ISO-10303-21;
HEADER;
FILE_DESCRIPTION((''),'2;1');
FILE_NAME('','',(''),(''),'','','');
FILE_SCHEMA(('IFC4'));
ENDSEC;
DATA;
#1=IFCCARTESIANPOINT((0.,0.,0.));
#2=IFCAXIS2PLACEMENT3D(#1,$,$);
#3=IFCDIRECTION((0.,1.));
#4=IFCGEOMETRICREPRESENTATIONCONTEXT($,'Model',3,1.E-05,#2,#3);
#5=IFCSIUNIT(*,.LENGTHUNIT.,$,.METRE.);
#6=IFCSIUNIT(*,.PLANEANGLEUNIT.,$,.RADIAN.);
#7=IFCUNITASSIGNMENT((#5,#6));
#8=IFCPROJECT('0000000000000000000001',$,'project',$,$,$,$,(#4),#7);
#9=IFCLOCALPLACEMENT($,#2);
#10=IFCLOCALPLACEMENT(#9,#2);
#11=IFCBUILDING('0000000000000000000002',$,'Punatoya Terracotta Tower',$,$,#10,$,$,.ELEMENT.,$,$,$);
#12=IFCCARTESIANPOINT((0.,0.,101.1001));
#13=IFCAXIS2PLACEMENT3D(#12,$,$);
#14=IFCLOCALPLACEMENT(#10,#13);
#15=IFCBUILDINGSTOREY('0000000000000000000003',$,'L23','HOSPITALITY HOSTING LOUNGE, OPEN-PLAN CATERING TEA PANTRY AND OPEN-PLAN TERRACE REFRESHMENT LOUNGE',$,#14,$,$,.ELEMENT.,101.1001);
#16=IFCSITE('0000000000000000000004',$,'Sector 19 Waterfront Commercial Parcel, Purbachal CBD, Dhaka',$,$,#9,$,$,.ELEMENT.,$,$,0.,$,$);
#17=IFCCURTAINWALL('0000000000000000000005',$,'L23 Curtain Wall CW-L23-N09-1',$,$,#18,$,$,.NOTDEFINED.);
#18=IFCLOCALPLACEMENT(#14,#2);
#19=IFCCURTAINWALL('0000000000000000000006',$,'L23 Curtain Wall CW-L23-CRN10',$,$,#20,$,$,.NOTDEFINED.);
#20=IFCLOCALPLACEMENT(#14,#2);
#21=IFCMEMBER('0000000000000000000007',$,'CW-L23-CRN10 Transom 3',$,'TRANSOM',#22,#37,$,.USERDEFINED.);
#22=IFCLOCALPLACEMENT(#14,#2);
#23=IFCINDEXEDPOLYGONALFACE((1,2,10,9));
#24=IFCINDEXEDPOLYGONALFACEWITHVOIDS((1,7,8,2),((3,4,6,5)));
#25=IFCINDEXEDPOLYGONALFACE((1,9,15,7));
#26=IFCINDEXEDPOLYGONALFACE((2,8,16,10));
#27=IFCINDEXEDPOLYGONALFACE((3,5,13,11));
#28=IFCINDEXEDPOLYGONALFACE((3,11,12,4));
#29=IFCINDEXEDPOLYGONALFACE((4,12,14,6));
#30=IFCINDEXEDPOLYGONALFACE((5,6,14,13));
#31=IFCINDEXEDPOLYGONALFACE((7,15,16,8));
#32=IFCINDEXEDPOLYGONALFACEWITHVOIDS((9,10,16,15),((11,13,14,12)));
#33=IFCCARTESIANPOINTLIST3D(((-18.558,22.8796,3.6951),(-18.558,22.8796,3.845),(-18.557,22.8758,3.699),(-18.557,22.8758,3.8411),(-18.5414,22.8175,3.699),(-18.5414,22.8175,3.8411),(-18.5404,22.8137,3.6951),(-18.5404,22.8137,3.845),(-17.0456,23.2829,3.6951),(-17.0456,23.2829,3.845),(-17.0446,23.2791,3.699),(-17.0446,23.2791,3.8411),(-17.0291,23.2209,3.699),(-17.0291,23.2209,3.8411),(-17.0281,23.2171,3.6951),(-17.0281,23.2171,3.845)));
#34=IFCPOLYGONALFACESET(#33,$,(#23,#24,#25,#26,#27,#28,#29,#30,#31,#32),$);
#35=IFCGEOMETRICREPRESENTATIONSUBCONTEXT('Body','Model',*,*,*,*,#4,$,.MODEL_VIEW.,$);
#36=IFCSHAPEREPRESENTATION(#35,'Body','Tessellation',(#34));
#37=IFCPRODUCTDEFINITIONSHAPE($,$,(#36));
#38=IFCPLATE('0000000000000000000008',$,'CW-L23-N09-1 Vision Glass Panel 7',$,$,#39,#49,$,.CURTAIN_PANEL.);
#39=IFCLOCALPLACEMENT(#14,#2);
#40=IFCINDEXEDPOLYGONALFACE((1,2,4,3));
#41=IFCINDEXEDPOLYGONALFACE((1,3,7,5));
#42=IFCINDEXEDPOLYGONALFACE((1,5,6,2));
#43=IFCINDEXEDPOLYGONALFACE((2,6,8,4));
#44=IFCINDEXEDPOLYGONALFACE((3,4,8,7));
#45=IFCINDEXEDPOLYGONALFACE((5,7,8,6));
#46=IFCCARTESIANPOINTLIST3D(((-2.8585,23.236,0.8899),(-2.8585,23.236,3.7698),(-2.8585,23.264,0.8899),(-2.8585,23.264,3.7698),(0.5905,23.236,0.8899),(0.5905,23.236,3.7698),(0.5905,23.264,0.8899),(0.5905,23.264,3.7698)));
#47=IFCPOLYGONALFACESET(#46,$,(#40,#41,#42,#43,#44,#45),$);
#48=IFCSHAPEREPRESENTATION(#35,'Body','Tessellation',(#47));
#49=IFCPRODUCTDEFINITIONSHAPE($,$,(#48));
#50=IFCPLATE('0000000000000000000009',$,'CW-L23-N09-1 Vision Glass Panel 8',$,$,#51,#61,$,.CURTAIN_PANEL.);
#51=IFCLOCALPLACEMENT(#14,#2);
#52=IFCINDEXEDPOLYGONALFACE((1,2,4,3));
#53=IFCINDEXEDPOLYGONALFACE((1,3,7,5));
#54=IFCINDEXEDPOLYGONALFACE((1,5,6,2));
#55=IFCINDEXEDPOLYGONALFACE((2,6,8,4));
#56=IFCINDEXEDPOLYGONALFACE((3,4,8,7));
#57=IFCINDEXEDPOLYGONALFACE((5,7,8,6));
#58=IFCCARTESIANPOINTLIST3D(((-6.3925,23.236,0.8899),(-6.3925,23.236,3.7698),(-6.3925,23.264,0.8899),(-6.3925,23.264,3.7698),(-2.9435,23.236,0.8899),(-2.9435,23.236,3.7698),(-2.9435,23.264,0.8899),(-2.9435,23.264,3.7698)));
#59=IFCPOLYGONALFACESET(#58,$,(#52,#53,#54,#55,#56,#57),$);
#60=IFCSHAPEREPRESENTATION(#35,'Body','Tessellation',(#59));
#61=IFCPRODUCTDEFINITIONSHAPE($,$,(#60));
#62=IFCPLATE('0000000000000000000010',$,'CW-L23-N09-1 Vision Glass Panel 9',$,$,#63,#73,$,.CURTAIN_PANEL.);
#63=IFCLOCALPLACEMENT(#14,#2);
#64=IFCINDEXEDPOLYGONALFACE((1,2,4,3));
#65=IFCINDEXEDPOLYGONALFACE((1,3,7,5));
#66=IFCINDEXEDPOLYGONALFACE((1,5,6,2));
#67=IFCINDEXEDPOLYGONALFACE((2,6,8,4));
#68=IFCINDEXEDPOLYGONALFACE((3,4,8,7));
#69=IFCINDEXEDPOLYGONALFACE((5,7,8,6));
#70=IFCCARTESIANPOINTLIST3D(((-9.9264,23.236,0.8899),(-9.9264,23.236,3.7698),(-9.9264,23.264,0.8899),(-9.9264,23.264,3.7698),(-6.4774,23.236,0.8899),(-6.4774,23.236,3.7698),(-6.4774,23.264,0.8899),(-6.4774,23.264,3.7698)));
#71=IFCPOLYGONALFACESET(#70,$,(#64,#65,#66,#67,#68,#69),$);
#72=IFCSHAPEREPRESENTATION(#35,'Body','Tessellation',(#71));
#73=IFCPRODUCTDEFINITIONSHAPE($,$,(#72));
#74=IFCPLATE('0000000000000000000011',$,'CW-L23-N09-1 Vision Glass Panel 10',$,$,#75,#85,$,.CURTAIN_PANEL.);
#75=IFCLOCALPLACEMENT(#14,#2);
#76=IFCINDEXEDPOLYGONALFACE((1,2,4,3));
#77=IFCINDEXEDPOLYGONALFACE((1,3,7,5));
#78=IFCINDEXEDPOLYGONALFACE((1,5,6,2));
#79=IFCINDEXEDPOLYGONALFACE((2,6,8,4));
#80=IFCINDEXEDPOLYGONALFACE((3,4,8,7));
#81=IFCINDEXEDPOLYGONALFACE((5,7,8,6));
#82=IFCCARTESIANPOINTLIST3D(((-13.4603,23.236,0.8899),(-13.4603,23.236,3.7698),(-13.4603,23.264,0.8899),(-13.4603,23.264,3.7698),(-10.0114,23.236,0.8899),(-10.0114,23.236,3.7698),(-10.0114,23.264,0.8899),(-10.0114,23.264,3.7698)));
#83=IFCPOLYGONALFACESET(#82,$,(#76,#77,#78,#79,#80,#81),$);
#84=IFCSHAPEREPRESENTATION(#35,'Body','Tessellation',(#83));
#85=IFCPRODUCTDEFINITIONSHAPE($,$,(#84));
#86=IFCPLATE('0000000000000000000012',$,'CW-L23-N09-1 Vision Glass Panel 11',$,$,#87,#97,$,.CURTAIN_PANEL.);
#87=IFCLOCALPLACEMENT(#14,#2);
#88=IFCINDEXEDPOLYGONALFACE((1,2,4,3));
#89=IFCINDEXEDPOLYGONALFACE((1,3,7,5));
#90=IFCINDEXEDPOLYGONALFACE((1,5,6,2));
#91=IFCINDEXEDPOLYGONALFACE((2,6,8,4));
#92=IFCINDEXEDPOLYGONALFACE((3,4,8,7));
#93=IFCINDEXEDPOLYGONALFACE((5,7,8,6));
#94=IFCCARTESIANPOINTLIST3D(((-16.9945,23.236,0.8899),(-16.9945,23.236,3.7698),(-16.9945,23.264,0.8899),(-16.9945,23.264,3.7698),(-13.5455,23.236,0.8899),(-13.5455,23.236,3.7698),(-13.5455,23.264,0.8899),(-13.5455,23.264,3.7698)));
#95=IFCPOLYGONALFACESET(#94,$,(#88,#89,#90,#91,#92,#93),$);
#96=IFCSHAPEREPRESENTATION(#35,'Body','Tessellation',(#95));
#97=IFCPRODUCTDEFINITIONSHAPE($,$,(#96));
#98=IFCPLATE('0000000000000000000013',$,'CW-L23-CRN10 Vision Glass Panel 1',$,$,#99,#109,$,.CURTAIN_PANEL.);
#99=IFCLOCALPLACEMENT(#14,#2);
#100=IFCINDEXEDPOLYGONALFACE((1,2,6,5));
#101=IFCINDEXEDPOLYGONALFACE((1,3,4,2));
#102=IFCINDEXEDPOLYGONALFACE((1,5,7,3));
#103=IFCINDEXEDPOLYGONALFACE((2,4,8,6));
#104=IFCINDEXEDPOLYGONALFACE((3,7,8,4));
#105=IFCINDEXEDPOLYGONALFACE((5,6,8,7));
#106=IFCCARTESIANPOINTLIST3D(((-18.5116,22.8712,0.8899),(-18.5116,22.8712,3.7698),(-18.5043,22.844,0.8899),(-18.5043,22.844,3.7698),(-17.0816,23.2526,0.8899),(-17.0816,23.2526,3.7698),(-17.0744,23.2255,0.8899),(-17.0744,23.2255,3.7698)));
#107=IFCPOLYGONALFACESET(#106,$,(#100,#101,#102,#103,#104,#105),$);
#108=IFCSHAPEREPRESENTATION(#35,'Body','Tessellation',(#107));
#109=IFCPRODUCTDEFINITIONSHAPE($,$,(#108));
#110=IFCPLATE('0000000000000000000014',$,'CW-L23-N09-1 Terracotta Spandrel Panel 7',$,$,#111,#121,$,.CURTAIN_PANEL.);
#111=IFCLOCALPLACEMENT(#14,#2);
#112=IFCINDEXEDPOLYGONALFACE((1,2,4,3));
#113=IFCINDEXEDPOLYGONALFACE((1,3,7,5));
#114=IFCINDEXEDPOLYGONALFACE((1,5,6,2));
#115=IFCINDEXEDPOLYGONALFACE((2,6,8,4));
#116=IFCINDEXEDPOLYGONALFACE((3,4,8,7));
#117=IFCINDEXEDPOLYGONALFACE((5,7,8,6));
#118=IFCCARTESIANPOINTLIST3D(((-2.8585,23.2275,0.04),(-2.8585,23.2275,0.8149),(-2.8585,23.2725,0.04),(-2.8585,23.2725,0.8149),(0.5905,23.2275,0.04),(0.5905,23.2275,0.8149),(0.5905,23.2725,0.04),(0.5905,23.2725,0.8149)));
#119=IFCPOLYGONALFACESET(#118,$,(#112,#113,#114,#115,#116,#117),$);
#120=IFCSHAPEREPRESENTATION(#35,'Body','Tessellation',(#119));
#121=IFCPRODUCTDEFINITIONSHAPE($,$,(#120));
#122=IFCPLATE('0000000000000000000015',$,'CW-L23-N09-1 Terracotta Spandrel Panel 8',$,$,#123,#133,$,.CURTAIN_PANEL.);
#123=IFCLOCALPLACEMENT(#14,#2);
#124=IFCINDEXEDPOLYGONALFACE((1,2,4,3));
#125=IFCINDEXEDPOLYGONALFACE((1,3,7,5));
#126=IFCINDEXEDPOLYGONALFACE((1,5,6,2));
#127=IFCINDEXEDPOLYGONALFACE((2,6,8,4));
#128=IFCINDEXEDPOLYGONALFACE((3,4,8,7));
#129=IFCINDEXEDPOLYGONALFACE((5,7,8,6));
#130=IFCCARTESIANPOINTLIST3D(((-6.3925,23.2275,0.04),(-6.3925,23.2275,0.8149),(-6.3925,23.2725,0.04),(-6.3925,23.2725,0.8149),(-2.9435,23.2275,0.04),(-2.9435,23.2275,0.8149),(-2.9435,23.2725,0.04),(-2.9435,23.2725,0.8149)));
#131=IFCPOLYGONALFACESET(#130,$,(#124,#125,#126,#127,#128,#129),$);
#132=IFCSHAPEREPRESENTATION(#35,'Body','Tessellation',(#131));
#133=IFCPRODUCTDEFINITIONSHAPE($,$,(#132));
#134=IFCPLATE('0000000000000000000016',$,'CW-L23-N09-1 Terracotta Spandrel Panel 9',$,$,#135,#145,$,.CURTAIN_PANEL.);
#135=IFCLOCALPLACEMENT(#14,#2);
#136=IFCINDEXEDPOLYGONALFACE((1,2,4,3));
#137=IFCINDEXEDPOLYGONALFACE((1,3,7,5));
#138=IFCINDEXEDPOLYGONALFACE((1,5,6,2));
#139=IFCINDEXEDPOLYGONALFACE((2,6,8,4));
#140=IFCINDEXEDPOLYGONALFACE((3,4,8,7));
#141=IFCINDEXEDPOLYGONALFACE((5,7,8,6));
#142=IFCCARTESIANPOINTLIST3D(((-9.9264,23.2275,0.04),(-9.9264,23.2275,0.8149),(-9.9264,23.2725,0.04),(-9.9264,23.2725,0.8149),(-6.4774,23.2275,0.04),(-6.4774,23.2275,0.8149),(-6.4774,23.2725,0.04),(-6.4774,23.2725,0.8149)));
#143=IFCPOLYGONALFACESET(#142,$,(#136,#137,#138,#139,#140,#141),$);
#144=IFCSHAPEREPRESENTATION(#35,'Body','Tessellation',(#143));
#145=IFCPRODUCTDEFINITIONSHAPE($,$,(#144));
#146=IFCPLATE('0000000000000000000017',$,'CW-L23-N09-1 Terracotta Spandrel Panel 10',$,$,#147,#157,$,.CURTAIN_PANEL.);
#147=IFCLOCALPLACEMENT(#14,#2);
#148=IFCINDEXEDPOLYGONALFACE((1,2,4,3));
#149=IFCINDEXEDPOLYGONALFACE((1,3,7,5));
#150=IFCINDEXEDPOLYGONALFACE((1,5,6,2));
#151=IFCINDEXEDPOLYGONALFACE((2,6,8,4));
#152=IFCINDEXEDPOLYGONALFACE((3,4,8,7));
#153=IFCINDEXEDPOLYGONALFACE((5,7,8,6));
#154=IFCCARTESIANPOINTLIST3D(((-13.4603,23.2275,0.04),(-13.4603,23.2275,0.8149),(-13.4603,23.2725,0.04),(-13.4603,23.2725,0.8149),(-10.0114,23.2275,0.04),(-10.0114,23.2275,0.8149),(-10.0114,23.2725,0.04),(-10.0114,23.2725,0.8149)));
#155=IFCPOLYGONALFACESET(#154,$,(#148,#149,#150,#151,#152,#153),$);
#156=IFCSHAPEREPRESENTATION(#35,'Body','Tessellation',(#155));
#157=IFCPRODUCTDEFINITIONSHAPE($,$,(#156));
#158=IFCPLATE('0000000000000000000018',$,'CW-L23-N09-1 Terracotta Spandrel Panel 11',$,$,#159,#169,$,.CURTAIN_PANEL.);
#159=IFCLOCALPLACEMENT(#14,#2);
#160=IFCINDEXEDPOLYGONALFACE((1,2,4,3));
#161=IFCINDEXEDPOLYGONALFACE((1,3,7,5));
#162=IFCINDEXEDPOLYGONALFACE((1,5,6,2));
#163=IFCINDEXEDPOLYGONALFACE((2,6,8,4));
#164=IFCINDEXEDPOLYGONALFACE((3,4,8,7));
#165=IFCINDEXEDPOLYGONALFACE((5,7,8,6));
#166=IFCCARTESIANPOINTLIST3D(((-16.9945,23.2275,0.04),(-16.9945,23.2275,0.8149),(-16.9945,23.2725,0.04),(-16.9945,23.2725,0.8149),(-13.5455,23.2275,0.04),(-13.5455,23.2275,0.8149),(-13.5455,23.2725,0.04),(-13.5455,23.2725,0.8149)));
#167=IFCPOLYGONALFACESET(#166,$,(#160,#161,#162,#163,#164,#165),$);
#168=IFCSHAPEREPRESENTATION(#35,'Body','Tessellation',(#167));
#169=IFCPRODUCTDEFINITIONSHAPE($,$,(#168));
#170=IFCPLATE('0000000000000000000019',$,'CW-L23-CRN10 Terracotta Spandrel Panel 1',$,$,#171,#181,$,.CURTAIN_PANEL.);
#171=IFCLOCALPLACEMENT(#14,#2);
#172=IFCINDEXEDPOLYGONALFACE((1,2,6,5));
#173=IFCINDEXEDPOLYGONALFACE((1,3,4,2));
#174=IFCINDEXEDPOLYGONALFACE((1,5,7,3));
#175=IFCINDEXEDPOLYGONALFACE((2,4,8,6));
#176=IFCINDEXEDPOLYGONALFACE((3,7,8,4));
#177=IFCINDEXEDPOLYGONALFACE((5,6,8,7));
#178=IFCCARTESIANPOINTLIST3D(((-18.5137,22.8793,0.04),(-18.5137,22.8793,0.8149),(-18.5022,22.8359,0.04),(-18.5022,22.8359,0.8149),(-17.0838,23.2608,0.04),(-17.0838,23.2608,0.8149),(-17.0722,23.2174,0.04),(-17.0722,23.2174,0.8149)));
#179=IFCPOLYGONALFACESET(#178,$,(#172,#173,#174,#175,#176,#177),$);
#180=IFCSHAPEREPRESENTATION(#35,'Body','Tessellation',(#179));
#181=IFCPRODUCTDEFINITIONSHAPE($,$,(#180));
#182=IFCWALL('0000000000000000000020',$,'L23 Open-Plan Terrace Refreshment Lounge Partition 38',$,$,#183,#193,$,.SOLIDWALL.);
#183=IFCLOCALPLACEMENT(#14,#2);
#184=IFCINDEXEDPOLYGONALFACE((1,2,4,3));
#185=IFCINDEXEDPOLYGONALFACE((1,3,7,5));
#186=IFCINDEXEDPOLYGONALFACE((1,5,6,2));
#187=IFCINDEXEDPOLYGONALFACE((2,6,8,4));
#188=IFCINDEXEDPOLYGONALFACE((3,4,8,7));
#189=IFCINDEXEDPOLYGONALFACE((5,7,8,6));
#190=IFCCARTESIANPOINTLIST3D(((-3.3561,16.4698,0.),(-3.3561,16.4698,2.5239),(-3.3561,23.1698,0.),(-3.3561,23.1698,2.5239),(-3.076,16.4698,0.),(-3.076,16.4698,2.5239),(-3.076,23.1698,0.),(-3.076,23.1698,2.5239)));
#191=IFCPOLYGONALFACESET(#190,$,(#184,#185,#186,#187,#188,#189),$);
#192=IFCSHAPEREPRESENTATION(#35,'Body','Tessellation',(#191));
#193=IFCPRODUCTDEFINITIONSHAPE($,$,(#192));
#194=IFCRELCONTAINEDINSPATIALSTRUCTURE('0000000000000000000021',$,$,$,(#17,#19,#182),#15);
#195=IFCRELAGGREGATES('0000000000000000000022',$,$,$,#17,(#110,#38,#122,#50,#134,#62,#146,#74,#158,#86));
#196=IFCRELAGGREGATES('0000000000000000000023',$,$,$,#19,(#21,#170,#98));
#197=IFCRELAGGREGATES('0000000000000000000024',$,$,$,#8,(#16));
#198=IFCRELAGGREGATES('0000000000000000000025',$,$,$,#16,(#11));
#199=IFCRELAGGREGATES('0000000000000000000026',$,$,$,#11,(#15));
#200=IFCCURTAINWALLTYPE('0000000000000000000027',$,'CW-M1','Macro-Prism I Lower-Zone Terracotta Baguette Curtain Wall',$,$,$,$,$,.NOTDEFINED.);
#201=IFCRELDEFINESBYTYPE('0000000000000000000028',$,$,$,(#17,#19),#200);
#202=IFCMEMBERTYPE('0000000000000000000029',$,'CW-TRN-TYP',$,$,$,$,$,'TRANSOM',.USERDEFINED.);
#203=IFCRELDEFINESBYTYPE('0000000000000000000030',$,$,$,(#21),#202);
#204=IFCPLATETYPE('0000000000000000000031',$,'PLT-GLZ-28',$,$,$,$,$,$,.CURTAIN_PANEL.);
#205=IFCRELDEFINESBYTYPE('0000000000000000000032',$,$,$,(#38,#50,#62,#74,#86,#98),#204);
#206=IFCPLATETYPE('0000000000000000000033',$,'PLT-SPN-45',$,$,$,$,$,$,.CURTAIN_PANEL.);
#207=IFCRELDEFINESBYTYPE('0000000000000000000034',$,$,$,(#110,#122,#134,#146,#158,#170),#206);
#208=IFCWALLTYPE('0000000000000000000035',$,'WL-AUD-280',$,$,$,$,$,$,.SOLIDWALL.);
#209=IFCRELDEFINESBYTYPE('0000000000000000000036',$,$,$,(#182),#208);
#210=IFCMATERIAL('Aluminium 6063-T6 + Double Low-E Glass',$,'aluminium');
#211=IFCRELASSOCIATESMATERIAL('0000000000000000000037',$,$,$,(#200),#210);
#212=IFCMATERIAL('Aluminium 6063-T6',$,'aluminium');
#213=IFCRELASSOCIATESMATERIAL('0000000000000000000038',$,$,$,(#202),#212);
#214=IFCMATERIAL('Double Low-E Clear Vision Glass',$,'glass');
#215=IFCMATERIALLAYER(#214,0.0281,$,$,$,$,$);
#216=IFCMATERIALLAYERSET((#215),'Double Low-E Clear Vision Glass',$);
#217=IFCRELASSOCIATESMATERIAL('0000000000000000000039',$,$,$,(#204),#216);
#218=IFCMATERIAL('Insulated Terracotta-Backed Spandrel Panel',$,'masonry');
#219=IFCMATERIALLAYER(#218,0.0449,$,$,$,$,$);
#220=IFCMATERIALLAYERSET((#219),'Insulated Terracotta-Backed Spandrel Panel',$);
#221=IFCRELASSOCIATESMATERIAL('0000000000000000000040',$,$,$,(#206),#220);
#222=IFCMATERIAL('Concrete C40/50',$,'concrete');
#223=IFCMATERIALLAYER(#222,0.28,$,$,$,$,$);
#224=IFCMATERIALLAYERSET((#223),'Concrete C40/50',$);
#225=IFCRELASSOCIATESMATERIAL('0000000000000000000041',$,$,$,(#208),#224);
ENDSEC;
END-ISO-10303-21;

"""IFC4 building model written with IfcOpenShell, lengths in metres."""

from ifc_helpers import new_model, si_unit, direction, frame, frame_2d, origin, origin_2d, place, context, subcontext, project, spatial, rectangle, hollow_rectangle, extrude, material, layer, layer_set, material_profile, profile_set, type_object, element, aggregate, save


model = new_model("IFC4")

# Units and contexts
model_context = context("Model", 3, precision=1e-05, world=origin(), true_north=direction((0.0, 1.0)))
body_context = subcontext(model_context, "Body", "Model", "MODEL_VIEW")
ifc_project = project(units=[si_unit("LENGTHUNIT", "METRE"), si_unit("PLANEANGLEUNIT", "RADIAN")], contexts=[model_context])

# Site, building, storey
site_placement = place(None, origin())
site = spatial("IfcSite", under=ifc_project, at=site_placement, Name="Sector 19 Waterfront Commercial Parcel, Purbachal CBD, Dhaka", CompositionType="ELEMENT", RefElevation=0.0)
building_placement = place(site_placement, origin())
building = spatial("IfcBuilding", under=site, at=building_placement, Name="Punatoya Terracotta Tower", CompositionType="ELEMENT")
storey_placement = place(building_placement, frame((0.0, 0.0, 101.1001)))
storey = spatial("IfcBuildingStorey", under=building, at=storey_placement, Name="L23", Description="HOSPITALITY HOSTING LOUNGE, OPEN-PLAN CATERING TEA PANTRY AND OPEN-PLAN TERRACE REFRESHMENT LOUNGE", CompositionType="ELEMENT", Elevation=101.1001)

# Curtain walls, member
ifc_material_1 = material(Name="Aluminium 6063-T6 + Double Low-E Glass", Category="aluminium")
curtain_wall_type = type_object("IfcCurtainWallType", Name="CW-M1", Description="Macro-Prism I Lower-Zone Terracotta Baguette Curtain Wall", PredefinedType="NOTDEFINED", material=ifc_material_1)
curtain_wall_1_placement = place(storey_placement, origin())
curtain_wall_1 = element("IfcCurtainWall", 1, at=curtain_wall_1_placement, inside=storey, type_object=curtain_wall_type, Name="L23 Curtain Wall CW-L23-N09-1", PredefinedType="NOTDEFINED")
ifc_material_2 = material(Name="Aluminium 6063-T6", Category="aluminium")
curtain_wall_2_placement = place(storey_placement, origin())
curtain_wall_2 = element("IfcCurtainWall", 2, at=curtain_wall_2_placement, inside=storey, type_object=curtain_wall_type, Name="L23 Curtain Wall CW-L23-CRN10", PredefinedType="NOTDEFINED")
ifc_material_profile_1 = material_profile(ifc_material_2, hollow_rectangle(XDim=0.0681, YDim=0.1499, WallThickness=0.0039, at=origin_2d()))
ifc_profile_set_1 = profile_set([ifc_material_profile_1], Name="Aluminium 6063-T6")
member_type_1 = type_object("IfcMemberType", Name="CW-TRN-TYP", ElementType="TRANSOM", PredefinedType="USERDEFINED", material=ifc_profile_set_1)
member_1_placement = place(storey_placement, frame((-17.0369, 23.25, 3.77), z_axis=(-0.966225, -0.257701, 0.0), x_axis=(0.257701, -0.966225, 0.0)))
member_1 = element("IfcMember", 3, at=member_1_placement, type_object=member_type_1, Name="CW-L23-CRN10 Transom 3", ObjectType="TRANSOM", PredefinedType="USERDEFINED", context=body_context, shape_type="SweptSolid", body=[
    extrude(hollow_rectangle(XDim=0.0681, YDim=0.1499, WallThickness=0.0039, at=origin_2d()), origin(), (0.0, 0.0, 1.0), 1.5652),
])

# Plates
ifc_material_3 = material(Name="Double Low-E Clear Vision Glass", Category="glass")
ifc_layer_1 = layer(ifc_material_3, 0.0281)
ifc_layer_set_1 = layer_set([ifc_layer_1], Name="Double Low-E Clear Vision Glass")
plate_type_1 = type_object("IfcPlateType", Name="PLT-GLZ-28", PredefinedType="CURTAIN_PANEL", material=ifc_layer_set_1)
plate_1_placement = place(storey_placement, frame((-1.134, 23.25, 0.8899), z_axis=(0.0, 0.0, 1.0), x_axis=(-1.0, 0.0, 0.0)))
plate_1 = element("IfcPlate", 4, at=plate_1_placement, type_object=plate_type_1, Name="CW-L23-N09-1 Vision Glass Panel 7", PredefinedType="CURTAIN_PANEL", context=body_context, shape_type="SweptSolid", body=[
    extrude(rectangle(XDim=3.449, YDim=0.0281, at=origin_2d()), origin(), (0.0, 0.0, 1.0), 2.8799),
])
plate_2_placement = place(storey_placement, frame((-4.668, 23.25, 0.8899), z_axis=(0.0, 0.0, 1.0), x_axis=(-1.0, 0.0, 0.0)))
plate_2 = element("IfcPlate", 5, at=plate_2_placement, type_object=plate_type_1, Name="CW-L23-N09-1 Vision Glass Panel 8", PredefinedType="CURTAIN_PANEL", context=body_context, shape_type="SweptSolid", body=[
    extrude(rectangle(XDim=3.449, YDim=0.0281, at=origin_2d()), origin(), (0.0, 0.0, 1.0), 2.8799),
])
plate_3_placement = place(storey_placement, frame((-8.2019, 23.25, 0.8899), z_axis=(0.0, 0.0, 1.0), x_axis=(-1.0, 0.0, 0.0)))
plate_3 = element("IfcPlate", 6, at=plate_3_placement, type_object=plate_type_1, Name="CW-L23-N09-1 Vision Glass Panel 9", PredefinedType="CURTAIN_PANEL", context=body_context, shape_type="SweptSolid", body=[
    extrude(rectangle(XDim=3.449, YDim=0.0281, at=origin_2d()), origin(), (0.0, 0.0, 1.0), 2.8799),
])
plate_4_placement = place(storey_placement, frame((-11.7358, 23.25, 0.8899), z_axis=(0.0, 0.0, 1.0), x_axis=(-1.0, 0.0, 0.0)))
plate_4 = element("IfcPlate", 7, at=plate_4_placement, type_object=plate_type_1, Name="CW-L23-N09-1 Vision Glass Panel 10", PredefinedType="CURTAIN_PANEL", context=body_context, shape_type="SweptSolid", body=[
    extrude(rectangle(XDim=3.449, YDim=0.0281, at=origin_2d()), origin(), (0.0, 0.0, 1.0), 2.8799),
])
plate_5_placement = place(storey_placement, frame((-15.27, 23.25, 0.8899), z_axis=(0.0, 0.0, 1.0), x_axis=(-1.0, 0.0, 0.0)))
plate_5 = element("IfcPlate", 8, at=plate_5_placement, type_object=plate_type_1, Name="CW-L23-N09-1 Vision Glass Panel 11", PredefinedType="CURTAIN_PANEL", context=body_context, shape_type="SweptSolid", body=[
    extrude(rectangle(XDim=3.449, YDim=0.0281, at=origin_2d()), origin(), (0.0, 0.0, 1.0), 2.8799),
])
plate_6_placement = place(storey_placement, frame((-17.793, 23.0483, 0.8899), z_axis=(0.0, 0.0, 1.0), x_axis=(-0.966214, -0.257742, 0.0)))
plate_6 = element("IfcPlate", 9, at=plate_6_placement, type_object=plate_type_1, Name="CW-L23-CRN10 Vision Glass Panel 1", PredefinedType="CURTAIN_PANEL", context=body_context, shape_type="SweptSolid", body=[
    extrude(rectangle(XDim=1.48, YDim=0.0281, at=origin_2d()), origin(), (0.0, 0.0, 1.0), 2.8799),
])
ifc_material_4 = material(Name="Insulated Terracotta-Backed Spandrel Panel", Category="masonry")
ifc_layer_2 = layer(ifc_material_4, 0.0449)
ifc_layer_set_2 = layer_set([ifc_layer_2], Name="Insulated Terracotta-Backed Spandrel Panel")
plate_type_2 = type_object("IfcPlateType", Name="PLT-SPN-45", PredefinedType="CURTAIN_PANEL", material=ifc_layer_set_2)
plate_7_placement = place(storey_placement, frame((-1.134, 23.25, 0.04), z_axis=(0.0, 0.0, 1.0), x_axis=(-1.0, 0.0, 0.0)))
plate_7 = element("IfcPlate", 10, at=plate_7_placement, type_object=plate_type_2, Name="CW-L23-N09-1 Terracotta Spandrel Panel 7", PredefinedType="CURTAIN_PANEL", context=body_context, shape_type="SweptSolid", body=[
    extrude(rectangle(XDim=3.449, YDim=0.0449, at=origin_2d()), origin(), (0.0, 0.0, 1.0), 0.7749),
])
plate_8_placement = place(storey_placement, frame((-4.668, 23.25, 0.04), z_axis=(0.0, 0.0, 1.0), x_axis=(-1.0, 0.0, 0.0)))
plate_8 = element("IfcPlate", 11, at=plate_8_placement, type_object=plate_type_2, Name="CW-L23-N09-1 Terracotta Spandrel Panel 8", PredefinedType="CURTAIN_PANEL", context=body_context, shape_type="SweptSolid", body=[
    extrude(rectangle(XDim=3.449, YDim=0.0449, at=origin_2d()), origin(), (0.0, 0.0, 1.0), 0.7749),
])
plate_9_placement = place(storey_placement, frame((-8.2019, 23.25, 0.04), z_axis=(0.0, 0.0, 1.0), x_axis=(-1.0, 0.0, 0.0)))
plate_9 = element("IfcPlate", 12, at=plate_9_placement, type_object=plate_type_2, Name="CW-L23-N09-1 Terracotta Spandrel Panel 9", PredefinedType="CURTAIN_PANEL", context=body_context, shape_type="SweptSolid", body=[
    extrude(rectangle(XDim=3.449, YDim=0.0449, at=origin_2d()), origin(), (0.0, 0.0, 1.0), 0.7749),
])
plate_10_placement = place(storey_placement, frame((-11.7358, 23.25, 0.04), z_axis=(0.0, 0.0, 1.0), x_axis=(-1.0, 0.0, 0.0)))
plate_10 = element("IfcPlate", 13, at=plate_10_placement, type_object=plate_type_2, Name="CW-L23-N09-1 Terracotta Spandrel Panel 10", PredefinedType="CURTAIN_PANEL", context=body_context, shape_type="SweptSolid", body=[
    extrude(rectangle(XDim=3.449, YDim=0.0449, at=origin_2d()), origin(), (0.0, 0.0, 1.0), 0.7749),
])
plate_11_placement = place(storey_placement, frame((-15.27, 23.25, 0.04), z_axis=(0.0, 0.0, 1.0), x_axis=(-1.0, 0.0, 0.0)))
plate_11 = element("IfcPlate", 14, at=plate_11_placement, type_object=plate_type_2, Name="CW-L23-N09-1 Terracotta Spandrel Panel 11", PredefinedType="CURTAIN_PANEL", context=body_context, shape_type="SweptSolid", body=[
    extrude(rectangle(XDim=3.449, YDim=0.0449, at=origin_2d()), origin(), (0.0, 0.0, 1.0), 0.7749),
])
aggregate(curtain_wall_1, [plate_7, plate_1, plate_8, plate_2, plate_9, plate_3, plate_10, plate_4, plate_11, plate_5])
plate_12_placement = place(storey_placement, frame((-17.793, 23.0483, 0.04), z_axis=(0.0, 0.0, 1.0), x_axis=(-0.966214, -0.257742, 0.0)))
plate_12 = element("IfcPlate", 15, at=plate_12_placement, type_object=plate_type_2, Name="CW-L23-CRN10 Terracotta Spandrel Panel 1", PredefinedType="CURTAIN_PANEL", context=body_context, shape_type="SweptSolid", body=[
    extrude(rectangle(XDim=1.48, YDim=0.0449, at=origin_2d()), origin(), (0.0, 0.0, 1.0), 0.7749),
])
aggregate(curtain_wall_2, [member_1, plate_12, plate_6])

# Wall
ifc_material_5 = material(Name="Concrete C40/50", Category="concrete")
ifc_layer_3 = layer(ifc_material_5, 0.28)
ifc_layer_set_3 = layer_set([ifc_layer_3], Name="Concrete C40/50")
wall_type = type_object("IfcWallType", Name="WL-AUD-280", PredefinedType="SOLIDWALL", material=ifc_layer_set_3)
wall_placement = place(storey_placement, frame((-3.2161, 23.1699, 0.0), z_axis=(0.0, 0.0, 1.0), x_axis=(0.0, -1.0, 0.0)))
element("IfcWall", 16, at=wall_placement, inside=storey, type_object=wall_type, Name="L23 Open-Plan Terrace Refreshment Lounge Partition 38", PredefinedType="SOLIDWALL", context=body_context, shape_type="SweptSolid", body=[
    extrude(rectangle(XDim=6.7, YDim=0.28, at=frame_2d((3.3501, 0.0))), origin(), (0.0, 0.0, 1.0), 2.5239),
])

save(model, "model.ifc")
